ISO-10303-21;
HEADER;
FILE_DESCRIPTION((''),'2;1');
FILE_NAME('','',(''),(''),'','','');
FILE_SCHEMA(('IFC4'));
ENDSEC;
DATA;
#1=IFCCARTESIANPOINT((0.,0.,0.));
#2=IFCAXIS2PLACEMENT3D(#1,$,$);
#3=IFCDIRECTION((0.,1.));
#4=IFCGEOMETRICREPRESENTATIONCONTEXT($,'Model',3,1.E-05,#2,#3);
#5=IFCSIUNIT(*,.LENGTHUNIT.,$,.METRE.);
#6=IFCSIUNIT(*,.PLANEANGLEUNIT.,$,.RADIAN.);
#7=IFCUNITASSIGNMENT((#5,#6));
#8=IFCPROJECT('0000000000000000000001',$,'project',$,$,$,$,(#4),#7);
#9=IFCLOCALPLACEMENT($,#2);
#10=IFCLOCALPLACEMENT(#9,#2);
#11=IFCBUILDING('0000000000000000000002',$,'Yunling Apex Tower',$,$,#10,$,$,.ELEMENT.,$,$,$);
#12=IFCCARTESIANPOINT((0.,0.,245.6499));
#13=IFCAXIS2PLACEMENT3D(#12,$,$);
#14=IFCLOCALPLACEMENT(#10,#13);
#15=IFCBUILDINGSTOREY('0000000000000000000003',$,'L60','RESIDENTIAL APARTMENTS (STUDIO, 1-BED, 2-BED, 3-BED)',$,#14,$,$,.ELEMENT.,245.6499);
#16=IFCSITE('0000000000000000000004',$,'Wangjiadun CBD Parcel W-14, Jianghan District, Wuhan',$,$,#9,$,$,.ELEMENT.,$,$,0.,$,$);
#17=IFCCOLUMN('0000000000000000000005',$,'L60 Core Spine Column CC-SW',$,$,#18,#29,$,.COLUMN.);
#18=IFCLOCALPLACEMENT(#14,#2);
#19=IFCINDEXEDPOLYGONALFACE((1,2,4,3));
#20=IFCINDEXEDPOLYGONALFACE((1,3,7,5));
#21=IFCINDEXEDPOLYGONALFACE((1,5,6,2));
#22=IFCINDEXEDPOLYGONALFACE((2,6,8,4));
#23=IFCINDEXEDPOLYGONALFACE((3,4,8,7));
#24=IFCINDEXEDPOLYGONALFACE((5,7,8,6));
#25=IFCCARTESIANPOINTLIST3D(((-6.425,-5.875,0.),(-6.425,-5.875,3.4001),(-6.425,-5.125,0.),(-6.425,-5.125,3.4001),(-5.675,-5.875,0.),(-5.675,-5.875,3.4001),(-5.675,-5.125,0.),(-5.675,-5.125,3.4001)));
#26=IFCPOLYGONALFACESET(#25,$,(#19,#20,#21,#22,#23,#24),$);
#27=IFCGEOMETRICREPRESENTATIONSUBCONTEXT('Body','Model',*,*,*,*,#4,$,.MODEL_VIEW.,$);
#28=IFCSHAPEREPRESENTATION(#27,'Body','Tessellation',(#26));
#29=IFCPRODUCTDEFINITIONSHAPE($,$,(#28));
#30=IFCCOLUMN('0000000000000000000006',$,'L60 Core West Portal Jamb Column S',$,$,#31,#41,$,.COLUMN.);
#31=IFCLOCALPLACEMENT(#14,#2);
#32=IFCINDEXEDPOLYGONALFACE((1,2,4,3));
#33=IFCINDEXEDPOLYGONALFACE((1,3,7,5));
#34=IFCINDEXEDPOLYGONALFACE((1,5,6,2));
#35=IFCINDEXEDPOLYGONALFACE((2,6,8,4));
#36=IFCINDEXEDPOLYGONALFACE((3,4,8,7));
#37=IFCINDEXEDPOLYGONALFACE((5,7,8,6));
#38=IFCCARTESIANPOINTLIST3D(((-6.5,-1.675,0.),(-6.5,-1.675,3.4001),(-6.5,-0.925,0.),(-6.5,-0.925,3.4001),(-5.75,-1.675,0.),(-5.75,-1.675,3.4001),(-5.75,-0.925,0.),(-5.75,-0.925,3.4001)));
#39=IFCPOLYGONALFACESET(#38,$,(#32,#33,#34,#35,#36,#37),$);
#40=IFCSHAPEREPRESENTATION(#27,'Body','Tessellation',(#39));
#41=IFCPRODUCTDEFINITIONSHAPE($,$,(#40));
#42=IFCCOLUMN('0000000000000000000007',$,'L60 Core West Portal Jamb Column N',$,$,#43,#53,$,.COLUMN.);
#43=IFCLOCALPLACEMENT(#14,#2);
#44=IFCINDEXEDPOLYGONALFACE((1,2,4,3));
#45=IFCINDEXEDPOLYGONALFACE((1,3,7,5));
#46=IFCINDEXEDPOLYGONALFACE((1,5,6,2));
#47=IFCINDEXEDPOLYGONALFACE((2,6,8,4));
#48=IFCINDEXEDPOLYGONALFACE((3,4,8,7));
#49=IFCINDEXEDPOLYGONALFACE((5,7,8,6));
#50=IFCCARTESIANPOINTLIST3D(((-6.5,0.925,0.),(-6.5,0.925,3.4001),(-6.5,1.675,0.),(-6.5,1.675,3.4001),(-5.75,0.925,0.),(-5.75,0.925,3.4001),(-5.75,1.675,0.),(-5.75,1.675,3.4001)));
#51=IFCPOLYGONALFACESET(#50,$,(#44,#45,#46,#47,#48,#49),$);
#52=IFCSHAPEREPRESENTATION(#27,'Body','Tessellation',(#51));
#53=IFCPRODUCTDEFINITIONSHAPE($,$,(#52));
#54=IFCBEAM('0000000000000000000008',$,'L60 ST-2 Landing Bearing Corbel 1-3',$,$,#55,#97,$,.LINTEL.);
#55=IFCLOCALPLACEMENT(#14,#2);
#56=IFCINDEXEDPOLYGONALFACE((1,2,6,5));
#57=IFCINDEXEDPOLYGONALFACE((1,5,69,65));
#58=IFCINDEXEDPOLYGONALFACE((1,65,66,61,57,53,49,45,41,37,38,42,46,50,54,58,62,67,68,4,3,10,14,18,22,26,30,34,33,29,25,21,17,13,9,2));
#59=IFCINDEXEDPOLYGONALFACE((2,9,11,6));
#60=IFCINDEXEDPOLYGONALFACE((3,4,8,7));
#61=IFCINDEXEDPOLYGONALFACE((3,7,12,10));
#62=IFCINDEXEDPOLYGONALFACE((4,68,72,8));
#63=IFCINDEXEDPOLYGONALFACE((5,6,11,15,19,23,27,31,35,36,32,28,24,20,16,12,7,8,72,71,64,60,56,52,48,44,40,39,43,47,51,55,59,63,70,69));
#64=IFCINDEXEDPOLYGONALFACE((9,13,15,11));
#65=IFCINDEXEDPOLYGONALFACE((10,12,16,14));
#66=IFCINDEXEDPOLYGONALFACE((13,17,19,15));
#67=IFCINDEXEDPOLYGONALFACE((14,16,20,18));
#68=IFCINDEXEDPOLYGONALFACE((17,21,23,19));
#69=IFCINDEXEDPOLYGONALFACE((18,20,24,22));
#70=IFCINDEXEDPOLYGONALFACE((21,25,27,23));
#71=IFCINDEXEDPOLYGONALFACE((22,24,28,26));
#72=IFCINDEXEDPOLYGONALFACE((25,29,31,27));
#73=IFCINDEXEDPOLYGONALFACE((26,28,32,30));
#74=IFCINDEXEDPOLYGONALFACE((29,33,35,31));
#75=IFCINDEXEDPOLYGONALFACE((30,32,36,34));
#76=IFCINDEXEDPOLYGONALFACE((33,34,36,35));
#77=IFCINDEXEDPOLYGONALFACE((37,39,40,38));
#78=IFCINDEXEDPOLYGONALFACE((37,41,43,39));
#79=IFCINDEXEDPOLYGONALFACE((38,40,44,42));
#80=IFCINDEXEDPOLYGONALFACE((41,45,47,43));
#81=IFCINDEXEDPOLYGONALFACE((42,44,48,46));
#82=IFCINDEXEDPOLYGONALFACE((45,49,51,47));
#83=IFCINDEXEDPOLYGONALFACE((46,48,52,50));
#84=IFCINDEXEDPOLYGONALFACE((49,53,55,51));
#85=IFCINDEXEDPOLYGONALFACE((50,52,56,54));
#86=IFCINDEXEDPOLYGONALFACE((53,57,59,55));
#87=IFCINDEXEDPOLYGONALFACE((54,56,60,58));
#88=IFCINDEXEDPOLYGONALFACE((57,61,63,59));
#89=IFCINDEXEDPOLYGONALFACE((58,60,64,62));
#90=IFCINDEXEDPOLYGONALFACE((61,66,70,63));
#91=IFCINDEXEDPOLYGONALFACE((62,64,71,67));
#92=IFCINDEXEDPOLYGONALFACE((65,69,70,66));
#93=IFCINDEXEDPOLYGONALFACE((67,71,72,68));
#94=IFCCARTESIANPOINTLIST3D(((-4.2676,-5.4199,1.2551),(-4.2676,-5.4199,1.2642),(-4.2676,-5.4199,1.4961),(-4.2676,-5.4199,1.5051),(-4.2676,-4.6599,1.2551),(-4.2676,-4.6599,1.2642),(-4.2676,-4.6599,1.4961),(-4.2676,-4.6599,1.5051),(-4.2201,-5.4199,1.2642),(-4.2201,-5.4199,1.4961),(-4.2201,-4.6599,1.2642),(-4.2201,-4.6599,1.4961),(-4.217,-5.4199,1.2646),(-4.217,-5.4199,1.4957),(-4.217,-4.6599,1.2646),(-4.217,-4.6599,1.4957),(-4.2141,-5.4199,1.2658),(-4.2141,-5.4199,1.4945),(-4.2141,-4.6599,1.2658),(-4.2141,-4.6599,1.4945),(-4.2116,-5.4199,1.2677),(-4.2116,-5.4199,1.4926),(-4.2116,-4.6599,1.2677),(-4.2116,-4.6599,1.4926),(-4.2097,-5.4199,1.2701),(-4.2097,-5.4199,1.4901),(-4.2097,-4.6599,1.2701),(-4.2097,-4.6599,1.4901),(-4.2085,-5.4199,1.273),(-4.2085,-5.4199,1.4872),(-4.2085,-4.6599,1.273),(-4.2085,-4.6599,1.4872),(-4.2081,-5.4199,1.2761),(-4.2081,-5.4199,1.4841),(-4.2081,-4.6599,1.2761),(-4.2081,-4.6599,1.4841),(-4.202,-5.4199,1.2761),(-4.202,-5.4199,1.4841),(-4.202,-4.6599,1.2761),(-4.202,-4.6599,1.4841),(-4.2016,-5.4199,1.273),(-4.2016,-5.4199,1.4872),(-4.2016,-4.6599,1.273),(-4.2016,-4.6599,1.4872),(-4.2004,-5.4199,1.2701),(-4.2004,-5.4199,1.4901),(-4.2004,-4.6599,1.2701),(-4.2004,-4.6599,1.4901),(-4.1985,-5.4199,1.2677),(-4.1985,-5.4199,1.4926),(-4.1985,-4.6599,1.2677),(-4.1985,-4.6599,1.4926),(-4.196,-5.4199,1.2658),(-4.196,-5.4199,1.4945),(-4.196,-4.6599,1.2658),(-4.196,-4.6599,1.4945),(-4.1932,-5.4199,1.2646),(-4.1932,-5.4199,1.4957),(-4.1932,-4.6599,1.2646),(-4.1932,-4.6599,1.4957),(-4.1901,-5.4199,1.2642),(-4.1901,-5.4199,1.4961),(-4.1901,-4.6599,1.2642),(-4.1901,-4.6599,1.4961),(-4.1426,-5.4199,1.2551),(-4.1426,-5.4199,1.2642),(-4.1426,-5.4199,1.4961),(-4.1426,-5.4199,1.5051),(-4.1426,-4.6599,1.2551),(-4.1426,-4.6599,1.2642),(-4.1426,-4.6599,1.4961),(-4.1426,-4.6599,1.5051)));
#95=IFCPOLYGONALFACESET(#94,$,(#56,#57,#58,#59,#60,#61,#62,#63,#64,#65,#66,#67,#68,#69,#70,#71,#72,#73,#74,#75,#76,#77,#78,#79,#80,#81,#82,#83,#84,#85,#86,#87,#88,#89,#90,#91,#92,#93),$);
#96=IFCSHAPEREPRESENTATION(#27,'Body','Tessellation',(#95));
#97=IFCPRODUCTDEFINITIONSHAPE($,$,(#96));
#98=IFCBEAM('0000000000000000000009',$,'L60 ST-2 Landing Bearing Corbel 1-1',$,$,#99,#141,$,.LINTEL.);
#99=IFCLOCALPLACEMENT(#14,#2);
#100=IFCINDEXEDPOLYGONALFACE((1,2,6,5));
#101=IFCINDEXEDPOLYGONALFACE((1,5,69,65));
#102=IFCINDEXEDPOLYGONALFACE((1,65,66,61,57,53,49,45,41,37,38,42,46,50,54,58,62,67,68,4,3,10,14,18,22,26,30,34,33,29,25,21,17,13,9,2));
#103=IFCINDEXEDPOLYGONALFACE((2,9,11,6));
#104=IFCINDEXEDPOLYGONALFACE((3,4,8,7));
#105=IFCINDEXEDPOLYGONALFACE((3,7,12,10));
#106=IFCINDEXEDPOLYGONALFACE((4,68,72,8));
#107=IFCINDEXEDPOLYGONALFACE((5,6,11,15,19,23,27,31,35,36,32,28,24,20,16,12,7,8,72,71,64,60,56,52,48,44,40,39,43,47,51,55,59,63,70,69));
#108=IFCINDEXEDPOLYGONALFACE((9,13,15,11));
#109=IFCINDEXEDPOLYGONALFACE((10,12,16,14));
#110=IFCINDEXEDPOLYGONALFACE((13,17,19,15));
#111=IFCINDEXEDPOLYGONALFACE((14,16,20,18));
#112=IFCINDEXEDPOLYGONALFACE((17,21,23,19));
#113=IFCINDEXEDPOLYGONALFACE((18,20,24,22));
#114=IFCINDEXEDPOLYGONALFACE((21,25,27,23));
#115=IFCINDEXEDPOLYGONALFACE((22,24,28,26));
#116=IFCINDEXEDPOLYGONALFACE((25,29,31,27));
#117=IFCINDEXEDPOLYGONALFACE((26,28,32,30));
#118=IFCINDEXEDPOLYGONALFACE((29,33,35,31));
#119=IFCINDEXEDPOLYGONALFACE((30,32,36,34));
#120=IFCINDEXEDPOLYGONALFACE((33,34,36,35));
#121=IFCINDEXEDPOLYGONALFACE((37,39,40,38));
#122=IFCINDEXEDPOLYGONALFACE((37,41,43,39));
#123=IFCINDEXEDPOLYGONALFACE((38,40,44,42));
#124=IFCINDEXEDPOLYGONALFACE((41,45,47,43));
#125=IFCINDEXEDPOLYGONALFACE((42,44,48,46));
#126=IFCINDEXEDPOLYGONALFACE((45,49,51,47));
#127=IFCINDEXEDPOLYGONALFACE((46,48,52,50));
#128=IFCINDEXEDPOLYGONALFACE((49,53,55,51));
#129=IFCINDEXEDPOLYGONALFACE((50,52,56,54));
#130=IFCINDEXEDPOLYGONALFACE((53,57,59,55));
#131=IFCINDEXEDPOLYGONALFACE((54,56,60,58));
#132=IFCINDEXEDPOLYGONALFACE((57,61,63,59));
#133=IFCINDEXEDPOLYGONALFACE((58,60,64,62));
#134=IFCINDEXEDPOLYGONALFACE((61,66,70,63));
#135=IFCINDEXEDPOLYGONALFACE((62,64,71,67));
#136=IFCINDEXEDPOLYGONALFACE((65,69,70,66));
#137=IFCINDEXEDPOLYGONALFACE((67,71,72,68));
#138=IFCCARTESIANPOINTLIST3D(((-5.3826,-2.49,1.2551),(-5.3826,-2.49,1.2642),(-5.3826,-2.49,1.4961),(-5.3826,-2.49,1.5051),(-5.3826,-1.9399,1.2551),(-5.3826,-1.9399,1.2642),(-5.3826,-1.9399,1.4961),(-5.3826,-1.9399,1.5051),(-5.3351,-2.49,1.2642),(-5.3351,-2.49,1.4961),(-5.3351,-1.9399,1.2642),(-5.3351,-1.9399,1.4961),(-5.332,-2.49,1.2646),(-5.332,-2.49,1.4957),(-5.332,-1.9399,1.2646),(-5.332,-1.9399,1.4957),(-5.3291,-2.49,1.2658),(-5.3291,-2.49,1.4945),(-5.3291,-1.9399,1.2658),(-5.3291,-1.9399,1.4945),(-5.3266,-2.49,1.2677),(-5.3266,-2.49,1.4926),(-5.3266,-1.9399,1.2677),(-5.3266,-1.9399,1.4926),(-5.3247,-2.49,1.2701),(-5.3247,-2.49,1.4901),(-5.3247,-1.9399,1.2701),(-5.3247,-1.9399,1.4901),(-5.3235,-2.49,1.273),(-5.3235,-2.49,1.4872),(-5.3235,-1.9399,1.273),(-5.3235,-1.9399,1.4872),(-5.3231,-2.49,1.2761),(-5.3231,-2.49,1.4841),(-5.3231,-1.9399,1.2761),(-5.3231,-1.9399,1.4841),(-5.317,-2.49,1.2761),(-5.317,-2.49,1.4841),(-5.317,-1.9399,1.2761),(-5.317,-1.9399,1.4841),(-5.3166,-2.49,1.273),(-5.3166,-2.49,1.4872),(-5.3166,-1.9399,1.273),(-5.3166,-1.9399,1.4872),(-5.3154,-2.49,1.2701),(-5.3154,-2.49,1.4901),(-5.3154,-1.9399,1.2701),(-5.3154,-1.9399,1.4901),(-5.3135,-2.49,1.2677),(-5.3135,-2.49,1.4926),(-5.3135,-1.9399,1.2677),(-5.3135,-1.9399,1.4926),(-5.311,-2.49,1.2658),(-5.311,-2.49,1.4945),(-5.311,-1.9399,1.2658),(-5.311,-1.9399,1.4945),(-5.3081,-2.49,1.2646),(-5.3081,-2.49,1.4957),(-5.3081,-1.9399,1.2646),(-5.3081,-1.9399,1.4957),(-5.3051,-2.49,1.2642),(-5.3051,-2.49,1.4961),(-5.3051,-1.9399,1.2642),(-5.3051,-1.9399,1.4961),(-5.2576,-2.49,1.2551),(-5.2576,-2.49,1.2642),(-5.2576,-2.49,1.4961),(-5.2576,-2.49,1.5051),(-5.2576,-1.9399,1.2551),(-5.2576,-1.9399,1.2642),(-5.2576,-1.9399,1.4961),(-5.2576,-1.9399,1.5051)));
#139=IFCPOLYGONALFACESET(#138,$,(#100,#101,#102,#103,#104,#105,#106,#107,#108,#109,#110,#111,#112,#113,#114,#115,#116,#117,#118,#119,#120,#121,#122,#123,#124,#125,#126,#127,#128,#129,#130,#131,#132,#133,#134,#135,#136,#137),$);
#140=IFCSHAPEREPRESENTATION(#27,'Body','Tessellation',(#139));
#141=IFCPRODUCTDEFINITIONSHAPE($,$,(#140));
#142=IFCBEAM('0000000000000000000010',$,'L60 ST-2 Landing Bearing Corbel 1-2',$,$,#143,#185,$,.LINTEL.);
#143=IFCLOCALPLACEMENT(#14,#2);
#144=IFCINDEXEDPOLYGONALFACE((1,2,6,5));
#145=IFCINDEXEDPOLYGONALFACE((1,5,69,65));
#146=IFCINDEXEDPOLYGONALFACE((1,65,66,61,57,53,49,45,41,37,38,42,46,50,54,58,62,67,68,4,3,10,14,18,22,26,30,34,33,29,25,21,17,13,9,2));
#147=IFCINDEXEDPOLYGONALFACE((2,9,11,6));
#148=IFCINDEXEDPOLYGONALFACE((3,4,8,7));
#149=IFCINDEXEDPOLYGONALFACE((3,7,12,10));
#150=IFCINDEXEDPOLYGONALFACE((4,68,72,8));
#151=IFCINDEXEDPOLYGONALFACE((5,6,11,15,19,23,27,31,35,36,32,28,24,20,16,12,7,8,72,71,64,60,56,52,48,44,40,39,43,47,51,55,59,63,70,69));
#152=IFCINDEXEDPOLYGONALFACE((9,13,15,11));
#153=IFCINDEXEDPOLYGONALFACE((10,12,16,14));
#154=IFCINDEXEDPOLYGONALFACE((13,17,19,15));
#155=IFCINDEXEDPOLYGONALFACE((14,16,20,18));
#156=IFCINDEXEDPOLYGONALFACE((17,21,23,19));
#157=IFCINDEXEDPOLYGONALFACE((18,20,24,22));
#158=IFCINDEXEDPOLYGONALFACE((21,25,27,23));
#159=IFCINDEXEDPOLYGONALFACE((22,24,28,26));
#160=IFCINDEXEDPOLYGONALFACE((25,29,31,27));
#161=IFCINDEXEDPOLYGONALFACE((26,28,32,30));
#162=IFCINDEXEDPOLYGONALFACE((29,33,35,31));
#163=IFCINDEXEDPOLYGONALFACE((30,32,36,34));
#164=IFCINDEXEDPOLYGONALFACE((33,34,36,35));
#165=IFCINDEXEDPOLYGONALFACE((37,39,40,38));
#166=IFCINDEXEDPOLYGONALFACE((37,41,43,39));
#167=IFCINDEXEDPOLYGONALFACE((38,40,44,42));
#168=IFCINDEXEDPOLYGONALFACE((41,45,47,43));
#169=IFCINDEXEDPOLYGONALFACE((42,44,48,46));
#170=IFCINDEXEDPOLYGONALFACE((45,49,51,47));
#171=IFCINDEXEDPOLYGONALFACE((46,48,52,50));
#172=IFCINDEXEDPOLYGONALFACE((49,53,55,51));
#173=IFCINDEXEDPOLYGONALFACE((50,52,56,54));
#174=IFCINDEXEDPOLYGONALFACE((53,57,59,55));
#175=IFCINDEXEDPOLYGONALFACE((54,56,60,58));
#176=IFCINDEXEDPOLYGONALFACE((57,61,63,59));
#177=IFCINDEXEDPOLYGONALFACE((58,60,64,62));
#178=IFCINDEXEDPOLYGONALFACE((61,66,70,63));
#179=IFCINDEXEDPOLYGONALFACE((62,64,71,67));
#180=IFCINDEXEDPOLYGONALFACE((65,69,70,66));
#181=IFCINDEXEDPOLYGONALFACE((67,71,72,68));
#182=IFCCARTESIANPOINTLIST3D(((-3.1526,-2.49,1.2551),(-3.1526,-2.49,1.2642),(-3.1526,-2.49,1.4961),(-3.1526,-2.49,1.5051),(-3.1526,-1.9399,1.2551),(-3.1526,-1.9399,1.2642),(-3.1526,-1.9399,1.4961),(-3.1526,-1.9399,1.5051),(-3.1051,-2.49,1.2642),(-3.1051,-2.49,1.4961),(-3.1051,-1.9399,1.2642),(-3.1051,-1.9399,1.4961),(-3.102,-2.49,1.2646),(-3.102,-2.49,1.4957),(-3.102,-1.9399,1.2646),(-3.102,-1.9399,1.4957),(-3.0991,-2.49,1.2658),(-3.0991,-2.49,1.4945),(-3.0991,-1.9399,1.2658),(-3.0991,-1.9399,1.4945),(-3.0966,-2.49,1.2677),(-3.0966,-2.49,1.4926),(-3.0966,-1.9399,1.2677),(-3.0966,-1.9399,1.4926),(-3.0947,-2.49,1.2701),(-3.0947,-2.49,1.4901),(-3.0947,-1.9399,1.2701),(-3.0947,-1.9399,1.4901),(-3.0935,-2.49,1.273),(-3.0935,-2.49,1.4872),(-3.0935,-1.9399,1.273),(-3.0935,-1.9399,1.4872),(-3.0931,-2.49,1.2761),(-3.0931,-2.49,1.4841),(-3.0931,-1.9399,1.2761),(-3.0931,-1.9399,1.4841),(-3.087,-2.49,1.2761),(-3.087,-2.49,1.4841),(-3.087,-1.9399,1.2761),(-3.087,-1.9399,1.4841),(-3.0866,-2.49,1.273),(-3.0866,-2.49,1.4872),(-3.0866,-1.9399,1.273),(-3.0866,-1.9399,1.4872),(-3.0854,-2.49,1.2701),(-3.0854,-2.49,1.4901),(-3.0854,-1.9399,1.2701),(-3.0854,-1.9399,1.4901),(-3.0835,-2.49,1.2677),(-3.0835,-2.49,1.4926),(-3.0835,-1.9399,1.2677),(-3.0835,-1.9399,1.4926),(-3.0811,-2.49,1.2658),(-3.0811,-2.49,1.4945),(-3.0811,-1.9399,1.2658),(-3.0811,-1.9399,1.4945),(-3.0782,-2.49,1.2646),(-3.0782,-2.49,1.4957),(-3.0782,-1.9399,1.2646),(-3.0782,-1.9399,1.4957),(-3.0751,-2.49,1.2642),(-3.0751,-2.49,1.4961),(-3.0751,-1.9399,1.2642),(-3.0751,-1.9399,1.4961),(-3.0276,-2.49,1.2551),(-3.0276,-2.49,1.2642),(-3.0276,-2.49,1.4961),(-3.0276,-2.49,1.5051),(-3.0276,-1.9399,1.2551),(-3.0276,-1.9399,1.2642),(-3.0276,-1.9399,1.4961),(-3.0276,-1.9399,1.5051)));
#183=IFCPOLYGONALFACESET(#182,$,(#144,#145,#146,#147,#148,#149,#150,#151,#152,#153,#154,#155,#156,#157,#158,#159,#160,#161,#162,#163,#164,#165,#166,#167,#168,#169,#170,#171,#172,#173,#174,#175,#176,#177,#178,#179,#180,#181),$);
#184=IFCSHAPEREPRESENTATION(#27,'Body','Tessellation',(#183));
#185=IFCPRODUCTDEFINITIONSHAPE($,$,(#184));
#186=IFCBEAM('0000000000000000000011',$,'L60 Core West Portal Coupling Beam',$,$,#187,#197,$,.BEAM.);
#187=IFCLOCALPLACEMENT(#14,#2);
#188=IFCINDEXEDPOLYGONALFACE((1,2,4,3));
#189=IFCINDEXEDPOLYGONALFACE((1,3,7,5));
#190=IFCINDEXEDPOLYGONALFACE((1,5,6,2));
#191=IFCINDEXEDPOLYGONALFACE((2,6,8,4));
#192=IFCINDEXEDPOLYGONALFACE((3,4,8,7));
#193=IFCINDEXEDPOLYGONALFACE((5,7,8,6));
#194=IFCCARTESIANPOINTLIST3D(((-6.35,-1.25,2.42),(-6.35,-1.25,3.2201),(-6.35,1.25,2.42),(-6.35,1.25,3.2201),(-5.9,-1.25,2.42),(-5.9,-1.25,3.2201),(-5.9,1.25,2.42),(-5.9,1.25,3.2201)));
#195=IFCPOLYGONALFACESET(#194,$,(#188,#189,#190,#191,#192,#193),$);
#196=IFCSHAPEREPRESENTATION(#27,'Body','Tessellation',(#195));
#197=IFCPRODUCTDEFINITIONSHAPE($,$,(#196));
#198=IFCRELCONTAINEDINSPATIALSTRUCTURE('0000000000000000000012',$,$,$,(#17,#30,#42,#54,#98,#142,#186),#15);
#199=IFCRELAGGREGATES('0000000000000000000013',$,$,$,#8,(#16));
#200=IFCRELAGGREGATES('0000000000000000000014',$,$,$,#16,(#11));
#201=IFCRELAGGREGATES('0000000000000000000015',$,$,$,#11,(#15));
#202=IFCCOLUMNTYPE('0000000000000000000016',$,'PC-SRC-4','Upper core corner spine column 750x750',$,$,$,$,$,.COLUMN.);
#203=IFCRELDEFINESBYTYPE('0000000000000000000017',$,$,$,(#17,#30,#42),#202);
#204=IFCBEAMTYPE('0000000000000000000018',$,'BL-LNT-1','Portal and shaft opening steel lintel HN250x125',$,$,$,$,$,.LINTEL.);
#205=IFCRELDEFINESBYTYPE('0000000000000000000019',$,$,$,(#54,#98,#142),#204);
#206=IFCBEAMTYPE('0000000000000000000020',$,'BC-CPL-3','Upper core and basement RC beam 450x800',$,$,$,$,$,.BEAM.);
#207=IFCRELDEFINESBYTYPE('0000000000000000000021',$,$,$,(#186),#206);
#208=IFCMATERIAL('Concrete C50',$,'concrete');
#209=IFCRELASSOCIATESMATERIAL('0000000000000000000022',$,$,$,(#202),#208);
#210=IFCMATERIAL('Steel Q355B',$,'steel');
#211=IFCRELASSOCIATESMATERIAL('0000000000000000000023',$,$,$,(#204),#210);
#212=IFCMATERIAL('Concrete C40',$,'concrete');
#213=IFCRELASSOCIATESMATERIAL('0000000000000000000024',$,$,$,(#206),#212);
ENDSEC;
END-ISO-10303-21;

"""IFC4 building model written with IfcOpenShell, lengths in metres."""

from ifc_helpers import new_model, si_unit, direction, frame, origin, origin_2d, place, context, subcontext, project, spatial, rectangle, i_section, extrude, source, transform, mapped, material, material_profile, profile_set, type_object, element, save


model = new_model("IFC4")

# Units and contexts
model_context = context("Model", 3, precision=1e-05, world=origin(), true_north=direction((0.0, 1.0)))
body_context = subcontext(model_context, "Body", "Model", "MODEL_VIEW")
ifc_project = project(units=[si_unit("LENGTHUNIT", "METRE"), si_unit("PLANEANGLEUNIT", "RADIAN")], contexts=[model_context])

# Site, building, storey
site_placement = place(None, origin())
site = spatial("IfcSite", under=ifc_project, at=site_placement, Name="Wangjiadun CBD Parcel W-14, Jianghan District, Wuhan", CompositionType="ELEMENT", RefElevation=0.0)
building_placement = place(site_placement, origin())
building = spatial("IfcBuilding", under=site, at=building_placement, Name="Yunling Apex Tower", CompositionType="ELEMENT")
storey_placement = place(building_placement, frame((0.0, 0.0, 245.6499)))
storey = spatial("IfcBuildingStorey", under=building, at=storey_placement, Name="L60", Description="RESIDENTIAL APARTMENTS (STUDIO, 1-BED, 2-BED, 3-BED)", CompositionType="ELEMENT", Elevation=245.6499)

# Columns
ifc_material_1 = material(Name="Concrete C50", Category="concrete")
ifc_material_profile_1 = material_profile(ifc_material_1, rectangle(XDim=0.75, YDim=0.75, at=origin_2d()))
ifc_profile_set_1 = profile_set([ifc_material_profile_1], Name="Concrete C50")
column_type = type_object("IfcColumnType", Name="PC-SRC-4", Description="Upper core corner spine column 750x750", PredefinedType="COLUMN", material=ifc_profile_set_1)
shared_shape_1 = source(origin(), body_context, "Body", "SweptSolid", [
    extrude(rectangle(XDim=0.75, YDim=0.75, at=origin_2d()), origin(), (0.0, 0.0, 1.0), 3.4001),
])
for number, where, z_axis, x_axis, name in (
    (1, (-6.05, -5.5, 0.0), (0.0, 0.0, 1.0), (1.0, 0.0, 0.0), "L60 Core Spine Column CC-SW"),
    (2, (-6.125, -1.3, 0.0), (0.0, 0.0, 1.0), (1.0, 0.0, 0.0), "L60 Core West Portal Jamb Column S"),
    (3, (-6.125, 1.3, 0.0), (0.0, 0.0, 1.0), (1.0, 0.0, 0.0), "L60 Core West Portal Jamb Column N"),
):
    element("IfcColumn", number, at=place(storey_placement, frame(where, z_axis=z_axis, x_axis=x_axis)), inside=storey, type_object=column_type, Name=name, PredefinedType="COLUMN", context=body_context, shape_type="MappedRepresentation", body=[
        mapped(shared_shape_1, transform((0.0, 0.0, 0.0), scale=1.0)),
    ])

# Beams
ifc_material_2 = material(Name="Steel Q355B", Category="steel")
ifc_material_profile_2 = material_profile(ifc_material_2, i_section(OverallWidth=0.125, OverallDepth=0.25, WebThickness=0.0061, FlangeThickness=0.009, FilletRadius=0.012, at=origin_2d()))
ifc_profile_set_2 = profile_set([ifc_material_profile_2], Name="Steel Q355B")
beam_type_1 = type_object("IfcBeamType", Name="BL-LNT-1", Description="Portal and shaft opening steel lintel HN250x125", PredefinedType="LINTEL", material=ifc_profile_set_2)
shared_shape_2 = source(origin(), body_context, "Body", "SweptSolid", [
    extrude(i_section(OverallWidth=0.125, OverallDepth=0.25, WebThickness=0.0061, FlangeThickness=0.009, FilletRadius=0.012, at=origin_2d()), origin(), (0.0, 0.0, 1.0), 0.76),
])
beam_1_placement = place(storey_placement, frame((-4.2051, -5.4199, 1.3801), z_axis=(0.0, 1.0, 0.0), x_axis=(-1.0, 0.0, 0.0)))
element("IfcBeam", 4, at=beam_1_placement, inside=storey, type_object=beam_type_1, Name="L60 ST-2 Landing Bearing Corbel 1-3", PredefinedType="LINTEL", context=body_context, shape_type="MappedRepresentation", body=[
    mapped(shared_shape_2, transform((0.0, 0.0, 0.0), scale=1.0)),
])
shared_shape_3 = source(origin(), body_context, "Body", "SweptSolid", [
    extrude(i_section(OverallWidth=0.125, OverallDepth=0.25, WebThickness=0.0061, FlangeThickness=0.009, FilletRadius=0.012, at=origin_2d()), origin(), (0.0, 0.0, 1.0), 0.55),
])
for number, where, z_axis, x_axis, name in (
    (5, (-5.3201, -1.9399, 1.3801), (0.0, -1.0, 0.0), (1.0, 0.0, 0.0), "L60 ST-2 Landing Bearing Corbel 1-1"),
    (6, (-3.0901, -1.9399, 1.3801), (0.0, -1.0, 0.0), (1.0, 0.0, 0.0), "L60 ST-2 Landing Bearing Corbel 1-2"),
):
    element("IfcBeam", number, at=place(storey_placement, frame(where, z_axis=z_axis, x_axis=x_axis)), inside=storey, type_object=beam_type_1, Name=name, PredefinedType="LINTEL", context=body_context, shape_type="MappedRepresentation", body=[
        mapped(shared_shape_3, transform((0.0, 0.0, 0.0), scale=1.0)),
    ])
ifc_material_3 = material(Name="Concrete C40", Category="concrete")
ifc_material_profile_3 = material_profile(ifc_material_3, rectangle(XDim=0.45, YDim=0.8, at=origin_2d()))
ifc_profile_set_3 = profile_set([ifc_material_profile_3], Name="Concrete C40")
beam_type_2 = type_object("IfcBeamType", Name="BC-CPL-3", Description="Upper core and basement RC beam 450x800", PredefinedType="BEAM", material=ifc_profile_set_3)
shared_shape_4 = source(origin(), body_context, "Body", "SweptSolid", [
    extrude(rectangle(XDim=0.45, YDim=0.8, at=origin_2d()), origin(), (0.0, 0.0, 1.0), 2.5),
])
beam_2_placement = place(storey_placement, frame((-6.125, -1.25, 2.8201), z_axis=(0.0, 1.0, 0.0), x_axis=(-1.0, 0.0, 0.0)))
element("IfcBeam", 7, at=beam_2_placement, inside=storey, type_object=beam_type_2, Name="L60 Core West Portal Coupling Beam", PredefinedType="BEAM", context=body_context, shape_type="MappedRepresentation", body=[
    mapped(shared_shape_4, transform((0.0, 0.0, 0.0), scale=1.0)),
])

save(model, "model.ifc")
